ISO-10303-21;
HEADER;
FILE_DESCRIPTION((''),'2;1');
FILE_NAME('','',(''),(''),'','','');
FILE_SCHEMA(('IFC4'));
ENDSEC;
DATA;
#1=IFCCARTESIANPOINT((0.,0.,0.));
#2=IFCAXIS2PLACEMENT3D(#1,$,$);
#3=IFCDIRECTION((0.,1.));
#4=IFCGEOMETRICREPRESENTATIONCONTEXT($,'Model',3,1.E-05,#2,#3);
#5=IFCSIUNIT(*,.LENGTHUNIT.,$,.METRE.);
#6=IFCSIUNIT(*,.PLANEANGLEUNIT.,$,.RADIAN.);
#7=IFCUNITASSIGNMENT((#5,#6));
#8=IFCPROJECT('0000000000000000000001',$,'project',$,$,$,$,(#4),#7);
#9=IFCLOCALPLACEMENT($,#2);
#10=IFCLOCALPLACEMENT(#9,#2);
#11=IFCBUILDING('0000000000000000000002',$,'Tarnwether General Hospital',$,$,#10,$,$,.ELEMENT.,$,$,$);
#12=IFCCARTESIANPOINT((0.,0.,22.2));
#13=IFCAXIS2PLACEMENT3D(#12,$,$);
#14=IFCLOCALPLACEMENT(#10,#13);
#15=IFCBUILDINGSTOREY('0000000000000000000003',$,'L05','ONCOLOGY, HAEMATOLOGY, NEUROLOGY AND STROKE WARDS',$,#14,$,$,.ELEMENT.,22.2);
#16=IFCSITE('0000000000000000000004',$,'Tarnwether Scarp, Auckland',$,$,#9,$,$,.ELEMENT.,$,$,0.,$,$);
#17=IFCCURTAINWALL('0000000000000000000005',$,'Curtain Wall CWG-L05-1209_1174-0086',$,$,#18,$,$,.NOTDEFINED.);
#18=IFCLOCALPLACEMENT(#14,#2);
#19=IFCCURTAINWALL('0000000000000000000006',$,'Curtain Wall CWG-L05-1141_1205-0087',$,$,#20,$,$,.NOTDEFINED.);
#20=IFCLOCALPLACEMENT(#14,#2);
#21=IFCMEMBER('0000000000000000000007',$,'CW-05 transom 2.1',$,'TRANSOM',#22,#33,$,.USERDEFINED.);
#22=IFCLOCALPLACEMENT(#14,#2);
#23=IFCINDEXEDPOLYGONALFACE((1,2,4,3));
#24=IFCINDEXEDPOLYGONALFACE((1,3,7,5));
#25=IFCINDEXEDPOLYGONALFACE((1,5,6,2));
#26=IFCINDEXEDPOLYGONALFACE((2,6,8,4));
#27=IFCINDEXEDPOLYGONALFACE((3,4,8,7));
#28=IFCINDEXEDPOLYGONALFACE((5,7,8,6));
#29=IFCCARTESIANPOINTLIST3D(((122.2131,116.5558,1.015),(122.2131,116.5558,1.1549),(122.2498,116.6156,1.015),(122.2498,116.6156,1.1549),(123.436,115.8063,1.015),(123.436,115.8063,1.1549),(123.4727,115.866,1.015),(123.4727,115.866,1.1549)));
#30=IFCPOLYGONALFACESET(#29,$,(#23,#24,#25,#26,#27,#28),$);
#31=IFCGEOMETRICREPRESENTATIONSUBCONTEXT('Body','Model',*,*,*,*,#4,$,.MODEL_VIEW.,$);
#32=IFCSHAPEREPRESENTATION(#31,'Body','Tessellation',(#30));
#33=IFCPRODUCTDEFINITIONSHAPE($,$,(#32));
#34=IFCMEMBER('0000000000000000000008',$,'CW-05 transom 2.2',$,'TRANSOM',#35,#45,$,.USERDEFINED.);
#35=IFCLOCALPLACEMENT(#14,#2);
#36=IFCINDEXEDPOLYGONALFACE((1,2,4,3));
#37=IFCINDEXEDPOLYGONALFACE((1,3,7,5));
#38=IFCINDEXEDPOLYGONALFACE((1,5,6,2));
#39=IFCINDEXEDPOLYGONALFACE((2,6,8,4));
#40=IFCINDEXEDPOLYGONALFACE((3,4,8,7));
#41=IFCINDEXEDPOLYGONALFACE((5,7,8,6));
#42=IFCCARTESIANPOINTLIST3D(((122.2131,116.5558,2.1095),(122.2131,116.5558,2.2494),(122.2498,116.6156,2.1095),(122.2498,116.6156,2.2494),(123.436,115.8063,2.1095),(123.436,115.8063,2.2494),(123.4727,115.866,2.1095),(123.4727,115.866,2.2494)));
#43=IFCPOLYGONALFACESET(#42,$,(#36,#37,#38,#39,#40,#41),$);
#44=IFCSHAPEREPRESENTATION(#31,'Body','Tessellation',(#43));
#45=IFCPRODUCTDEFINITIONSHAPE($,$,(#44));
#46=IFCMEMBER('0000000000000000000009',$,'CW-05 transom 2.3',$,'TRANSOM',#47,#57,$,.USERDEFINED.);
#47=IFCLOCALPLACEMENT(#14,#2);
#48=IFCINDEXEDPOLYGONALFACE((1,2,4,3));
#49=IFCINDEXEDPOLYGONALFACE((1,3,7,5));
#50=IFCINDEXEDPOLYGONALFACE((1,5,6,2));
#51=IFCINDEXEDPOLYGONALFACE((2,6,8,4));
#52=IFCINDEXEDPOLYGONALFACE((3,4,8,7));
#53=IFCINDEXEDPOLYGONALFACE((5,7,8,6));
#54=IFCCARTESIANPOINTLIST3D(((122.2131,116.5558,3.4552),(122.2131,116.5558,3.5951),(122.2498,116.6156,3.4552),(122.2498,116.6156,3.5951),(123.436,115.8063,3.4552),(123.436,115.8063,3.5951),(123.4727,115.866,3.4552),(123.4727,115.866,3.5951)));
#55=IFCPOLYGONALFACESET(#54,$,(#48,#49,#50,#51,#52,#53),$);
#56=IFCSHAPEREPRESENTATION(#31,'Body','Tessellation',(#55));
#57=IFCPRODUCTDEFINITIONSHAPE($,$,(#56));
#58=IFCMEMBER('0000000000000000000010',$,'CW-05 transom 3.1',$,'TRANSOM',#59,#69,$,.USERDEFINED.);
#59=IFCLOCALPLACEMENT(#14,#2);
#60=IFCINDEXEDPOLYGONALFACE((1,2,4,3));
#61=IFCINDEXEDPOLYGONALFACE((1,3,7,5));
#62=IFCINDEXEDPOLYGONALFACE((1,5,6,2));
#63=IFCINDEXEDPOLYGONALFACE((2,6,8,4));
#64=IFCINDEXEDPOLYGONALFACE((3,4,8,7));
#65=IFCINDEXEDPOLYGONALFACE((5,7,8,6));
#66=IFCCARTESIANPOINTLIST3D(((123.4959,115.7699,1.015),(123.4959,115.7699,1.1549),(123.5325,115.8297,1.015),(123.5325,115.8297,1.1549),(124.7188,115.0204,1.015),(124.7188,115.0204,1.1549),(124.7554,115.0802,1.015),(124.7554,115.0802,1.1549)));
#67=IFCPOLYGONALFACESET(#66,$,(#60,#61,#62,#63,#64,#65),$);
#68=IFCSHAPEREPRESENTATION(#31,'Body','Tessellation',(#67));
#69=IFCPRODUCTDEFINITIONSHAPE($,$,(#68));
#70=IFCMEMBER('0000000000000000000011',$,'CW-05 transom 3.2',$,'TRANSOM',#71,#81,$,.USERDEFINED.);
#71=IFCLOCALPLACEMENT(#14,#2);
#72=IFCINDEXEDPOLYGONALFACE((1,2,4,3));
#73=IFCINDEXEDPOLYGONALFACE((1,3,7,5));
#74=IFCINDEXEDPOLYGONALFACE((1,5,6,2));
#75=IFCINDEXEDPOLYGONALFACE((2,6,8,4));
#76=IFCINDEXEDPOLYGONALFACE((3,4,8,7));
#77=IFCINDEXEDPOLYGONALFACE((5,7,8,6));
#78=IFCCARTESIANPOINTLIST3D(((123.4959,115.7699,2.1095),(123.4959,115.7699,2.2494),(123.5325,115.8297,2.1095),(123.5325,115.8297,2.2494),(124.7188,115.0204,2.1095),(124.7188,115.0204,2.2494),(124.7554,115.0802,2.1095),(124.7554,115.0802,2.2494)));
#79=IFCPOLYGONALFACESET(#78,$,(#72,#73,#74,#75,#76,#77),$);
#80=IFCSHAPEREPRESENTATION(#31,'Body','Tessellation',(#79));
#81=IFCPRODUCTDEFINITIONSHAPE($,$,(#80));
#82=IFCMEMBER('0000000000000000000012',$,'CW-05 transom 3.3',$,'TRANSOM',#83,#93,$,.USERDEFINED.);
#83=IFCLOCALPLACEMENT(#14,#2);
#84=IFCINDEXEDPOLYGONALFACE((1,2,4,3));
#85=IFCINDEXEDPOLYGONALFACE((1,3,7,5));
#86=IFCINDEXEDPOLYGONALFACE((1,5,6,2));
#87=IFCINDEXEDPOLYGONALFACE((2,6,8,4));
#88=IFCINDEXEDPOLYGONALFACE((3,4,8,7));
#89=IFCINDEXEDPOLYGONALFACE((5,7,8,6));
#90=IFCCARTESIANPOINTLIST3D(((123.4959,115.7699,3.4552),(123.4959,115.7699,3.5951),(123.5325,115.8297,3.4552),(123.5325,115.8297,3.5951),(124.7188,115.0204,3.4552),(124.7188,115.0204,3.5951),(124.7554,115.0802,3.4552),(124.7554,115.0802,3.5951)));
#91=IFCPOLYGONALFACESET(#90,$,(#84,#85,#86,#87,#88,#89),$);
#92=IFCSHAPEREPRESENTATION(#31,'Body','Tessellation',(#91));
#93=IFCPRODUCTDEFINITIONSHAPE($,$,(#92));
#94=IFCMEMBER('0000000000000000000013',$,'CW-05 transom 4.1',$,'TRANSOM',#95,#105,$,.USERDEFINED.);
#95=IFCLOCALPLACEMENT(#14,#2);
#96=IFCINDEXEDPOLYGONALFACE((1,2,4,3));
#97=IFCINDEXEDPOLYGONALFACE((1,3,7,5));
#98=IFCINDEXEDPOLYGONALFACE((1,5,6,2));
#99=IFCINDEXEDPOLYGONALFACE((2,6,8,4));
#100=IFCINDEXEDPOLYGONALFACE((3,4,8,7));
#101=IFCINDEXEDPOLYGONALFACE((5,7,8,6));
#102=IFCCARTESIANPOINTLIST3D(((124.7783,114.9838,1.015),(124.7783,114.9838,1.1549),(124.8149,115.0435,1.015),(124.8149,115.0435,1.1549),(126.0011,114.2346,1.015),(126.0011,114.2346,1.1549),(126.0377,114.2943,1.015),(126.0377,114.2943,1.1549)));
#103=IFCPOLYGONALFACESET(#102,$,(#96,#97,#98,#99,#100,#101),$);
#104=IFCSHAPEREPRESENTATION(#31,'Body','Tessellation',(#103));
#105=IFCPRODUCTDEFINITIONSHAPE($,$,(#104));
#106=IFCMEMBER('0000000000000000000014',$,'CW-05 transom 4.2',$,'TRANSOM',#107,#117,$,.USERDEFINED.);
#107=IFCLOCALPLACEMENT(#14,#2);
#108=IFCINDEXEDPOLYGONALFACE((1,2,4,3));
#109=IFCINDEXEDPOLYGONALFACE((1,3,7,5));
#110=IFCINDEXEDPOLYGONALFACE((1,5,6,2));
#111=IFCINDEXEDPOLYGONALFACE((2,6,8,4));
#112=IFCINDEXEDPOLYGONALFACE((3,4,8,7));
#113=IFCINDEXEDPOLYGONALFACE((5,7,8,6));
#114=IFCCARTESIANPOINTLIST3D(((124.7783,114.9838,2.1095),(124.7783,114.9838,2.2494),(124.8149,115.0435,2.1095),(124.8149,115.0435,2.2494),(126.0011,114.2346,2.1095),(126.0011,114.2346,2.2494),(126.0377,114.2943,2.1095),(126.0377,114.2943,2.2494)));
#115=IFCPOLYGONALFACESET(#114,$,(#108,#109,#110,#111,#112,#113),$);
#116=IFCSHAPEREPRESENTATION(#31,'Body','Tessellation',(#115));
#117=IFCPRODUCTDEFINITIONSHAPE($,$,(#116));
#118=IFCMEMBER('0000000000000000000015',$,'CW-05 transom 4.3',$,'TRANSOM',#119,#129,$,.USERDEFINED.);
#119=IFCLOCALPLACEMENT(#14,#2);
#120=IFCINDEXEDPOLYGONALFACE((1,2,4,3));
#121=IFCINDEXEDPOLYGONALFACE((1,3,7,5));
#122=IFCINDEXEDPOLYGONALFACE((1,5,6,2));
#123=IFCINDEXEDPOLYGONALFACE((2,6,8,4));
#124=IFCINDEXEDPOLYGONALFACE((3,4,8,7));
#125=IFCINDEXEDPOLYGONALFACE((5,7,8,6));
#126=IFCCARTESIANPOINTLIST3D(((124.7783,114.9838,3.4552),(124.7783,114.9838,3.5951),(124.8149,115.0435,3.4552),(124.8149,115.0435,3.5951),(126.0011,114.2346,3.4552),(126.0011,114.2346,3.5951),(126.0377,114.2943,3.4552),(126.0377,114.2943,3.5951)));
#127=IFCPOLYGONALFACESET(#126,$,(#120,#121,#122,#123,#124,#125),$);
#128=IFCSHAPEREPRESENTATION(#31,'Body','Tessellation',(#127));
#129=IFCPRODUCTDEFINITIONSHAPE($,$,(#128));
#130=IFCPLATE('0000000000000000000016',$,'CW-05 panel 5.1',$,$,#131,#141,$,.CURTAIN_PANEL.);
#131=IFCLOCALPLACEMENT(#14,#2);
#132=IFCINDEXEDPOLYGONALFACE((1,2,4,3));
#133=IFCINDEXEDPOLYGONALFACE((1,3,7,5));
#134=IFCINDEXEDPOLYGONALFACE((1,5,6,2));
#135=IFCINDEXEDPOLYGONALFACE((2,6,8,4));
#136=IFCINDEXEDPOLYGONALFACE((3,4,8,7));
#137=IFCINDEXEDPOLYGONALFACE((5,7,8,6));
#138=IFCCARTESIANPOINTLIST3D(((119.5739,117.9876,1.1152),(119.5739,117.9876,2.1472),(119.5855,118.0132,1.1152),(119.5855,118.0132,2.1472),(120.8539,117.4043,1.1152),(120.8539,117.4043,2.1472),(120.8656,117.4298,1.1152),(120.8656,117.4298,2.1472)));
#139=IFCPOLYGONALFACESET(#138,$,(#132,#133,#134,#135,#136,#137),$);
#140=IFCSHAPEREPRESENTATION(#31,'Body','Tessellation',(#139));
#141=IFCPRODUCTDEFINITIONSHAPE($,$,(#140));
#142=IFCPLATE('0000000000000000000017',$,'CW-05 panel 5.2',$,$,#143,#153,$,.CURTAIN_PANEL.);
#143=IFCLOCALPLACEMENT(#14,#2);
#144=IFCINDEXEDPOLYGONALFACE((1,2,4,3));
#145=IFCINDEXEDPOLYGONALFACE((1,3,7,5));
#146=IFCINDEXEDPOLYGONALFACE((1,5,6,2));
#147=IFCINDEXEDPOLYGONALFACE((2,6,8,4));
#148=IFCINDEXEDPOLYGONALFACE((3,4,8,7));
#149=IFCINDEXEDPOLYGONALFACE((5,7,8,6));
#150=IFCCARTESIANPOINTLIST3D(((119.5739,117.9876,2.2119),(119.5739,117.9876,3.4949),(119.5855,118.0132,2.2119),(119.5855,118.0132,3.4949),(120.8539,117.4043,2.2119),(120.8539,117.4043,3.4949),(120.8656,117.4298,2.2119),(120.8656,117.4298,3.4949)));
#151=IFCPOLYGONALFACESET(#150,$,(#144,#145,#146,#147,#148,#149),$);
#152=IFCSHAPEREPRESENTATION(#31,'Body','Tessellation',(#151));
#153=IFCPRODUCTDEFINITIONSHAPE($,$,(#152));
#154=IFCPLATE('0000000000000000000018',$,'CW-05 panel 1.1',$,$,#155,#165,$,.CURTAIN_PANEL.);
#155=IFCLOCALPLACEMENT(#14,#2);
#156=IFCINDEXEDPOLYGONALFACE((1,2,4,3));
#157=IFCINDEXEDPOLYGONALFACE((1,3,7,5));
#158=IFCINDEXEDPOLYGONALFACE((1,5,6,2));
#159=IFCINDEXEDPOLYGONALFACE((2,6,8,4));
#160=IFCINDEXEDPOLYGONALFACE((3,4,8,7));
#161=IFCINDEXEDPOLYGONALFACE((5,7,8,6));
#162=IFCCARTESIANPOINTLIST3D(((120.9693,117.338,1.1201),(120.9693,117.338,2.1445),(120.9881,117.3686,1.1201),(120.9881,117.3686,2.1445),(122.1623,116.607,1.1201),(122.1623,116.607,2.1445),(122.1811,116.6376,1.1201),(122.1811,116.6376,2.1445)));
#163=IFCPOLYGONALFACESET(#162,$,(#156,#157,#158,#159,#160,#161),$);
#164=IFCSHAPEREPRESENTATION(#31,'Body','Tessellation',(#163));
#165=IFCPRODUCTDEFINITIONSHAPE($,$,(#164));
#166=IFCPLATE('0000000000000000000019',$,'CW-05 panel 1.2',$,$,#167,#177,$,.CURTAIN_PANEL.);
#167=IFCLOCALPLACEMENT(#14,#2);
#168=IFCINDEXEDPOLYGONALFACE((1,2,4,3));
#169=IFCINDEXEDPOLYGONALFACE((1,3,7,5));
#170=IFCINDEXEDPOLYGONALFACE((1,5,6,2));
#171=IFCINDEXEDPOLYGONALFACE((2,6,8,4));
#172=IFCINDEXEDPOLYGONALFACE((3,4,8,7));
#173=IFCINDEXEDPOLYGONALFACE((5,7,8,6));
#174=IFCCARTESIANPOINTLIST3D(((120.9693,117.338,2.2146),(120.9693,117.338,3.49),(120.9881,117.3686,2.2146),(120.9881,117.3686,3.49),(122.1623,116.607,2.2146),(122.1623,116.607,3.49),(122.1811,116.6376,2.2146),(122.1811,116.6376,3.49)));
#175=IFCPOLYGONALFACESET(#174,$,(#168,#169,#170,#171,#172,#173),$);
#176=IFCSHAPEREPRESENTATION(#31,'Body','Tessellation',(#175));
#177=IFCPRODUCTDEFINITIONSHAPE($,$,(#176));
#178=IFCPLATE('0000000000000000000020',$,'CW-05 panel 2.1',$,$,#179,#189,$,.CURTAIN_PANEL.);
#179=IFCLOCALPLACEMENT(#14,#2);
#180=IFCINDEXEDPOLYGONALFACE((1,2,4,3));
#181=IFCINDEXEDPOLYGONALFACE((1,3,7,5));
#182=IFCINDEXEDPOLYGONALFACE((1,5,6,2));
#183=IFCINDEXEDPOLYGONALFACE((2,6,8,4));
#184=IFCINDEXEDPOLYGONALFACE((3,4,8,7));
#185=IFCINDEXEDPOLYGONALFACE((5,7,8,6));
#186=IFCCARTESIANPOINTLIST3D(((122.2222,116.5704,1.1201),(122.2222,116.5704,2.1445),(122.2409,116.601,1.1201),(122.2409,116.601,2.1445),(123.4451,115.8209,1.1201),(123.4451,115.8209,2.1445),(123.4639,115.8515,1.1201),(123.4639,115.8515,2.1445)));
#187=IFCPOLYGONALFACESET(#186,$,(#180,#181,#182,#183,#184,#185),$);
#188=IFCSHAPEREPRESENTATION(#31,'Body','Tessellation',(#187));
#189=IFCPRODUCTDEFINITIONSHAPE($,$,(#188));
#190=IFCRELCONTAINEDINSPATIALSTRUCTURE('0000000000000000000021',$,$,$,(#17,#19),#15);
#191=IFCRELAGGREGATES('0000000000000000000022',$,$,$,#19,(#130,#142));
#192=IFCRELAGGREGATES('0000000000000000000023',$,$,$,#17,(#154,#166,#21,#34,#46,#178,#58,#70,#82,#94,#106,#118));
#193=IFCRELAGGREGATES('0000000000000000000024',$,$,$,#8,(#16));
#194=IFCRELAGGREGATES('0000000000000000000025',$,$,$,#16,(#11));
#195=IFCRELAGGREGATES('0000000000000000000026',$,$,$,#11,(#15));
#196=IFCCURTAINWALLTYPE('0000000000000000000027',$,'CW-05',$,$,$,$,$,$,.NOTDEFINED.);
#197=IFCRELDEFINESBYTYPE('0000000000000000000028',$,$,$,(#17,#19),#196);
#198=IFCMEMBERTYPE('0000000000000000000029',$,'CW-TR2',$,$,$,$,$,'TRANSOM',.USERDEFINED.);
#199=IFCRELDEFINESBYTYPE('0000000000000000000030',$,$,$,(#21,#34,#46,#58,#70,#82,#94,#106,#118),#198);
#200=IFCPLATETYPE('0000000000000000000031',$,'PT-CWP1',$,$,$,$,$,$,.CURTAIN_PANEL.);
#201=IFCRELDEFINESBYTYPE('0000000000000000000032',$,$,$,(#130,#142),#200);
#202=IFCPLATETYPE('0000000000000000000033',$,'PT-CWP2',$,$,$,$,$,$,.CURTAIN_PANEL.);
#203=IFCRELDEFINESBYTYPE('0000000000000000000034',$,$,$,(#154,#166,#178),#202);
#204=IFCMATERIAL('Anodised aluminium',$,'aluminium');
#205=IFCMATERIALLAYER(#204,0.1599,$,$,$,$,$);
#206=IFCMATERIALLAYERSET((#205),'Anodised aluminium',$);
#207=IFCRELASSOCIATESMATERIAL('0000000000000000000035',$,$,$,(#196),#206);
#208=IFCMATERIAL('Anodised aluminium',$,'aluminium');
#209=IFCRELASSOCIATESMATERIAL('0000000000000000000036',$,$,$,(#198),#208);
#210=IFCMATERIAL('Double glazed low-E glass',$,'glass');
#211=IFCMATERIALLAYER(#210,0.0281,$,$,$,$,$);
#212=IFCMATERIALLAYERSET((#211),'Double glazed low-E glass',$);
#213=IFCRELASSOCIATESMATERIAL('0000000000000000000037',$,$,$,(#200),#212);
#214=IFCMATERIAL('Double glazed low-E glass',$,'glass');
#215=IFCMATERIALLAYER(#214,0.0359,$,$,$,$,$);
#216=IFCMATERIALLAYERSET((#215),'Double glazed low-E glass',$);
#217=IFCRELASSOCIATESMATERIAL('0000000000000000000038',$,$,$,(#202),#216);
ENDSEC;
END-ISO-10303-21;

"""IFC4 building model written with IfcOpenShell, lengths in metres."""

from ifc_helpers import new_model, si_unit, direction, frame, origin, origin_2d, place, context, subcontext, project, spatial, rectangle, extrude, material, layer, layer_set, material_profile, profile_set, type_object, element, aggregate, save


model = new_model("IFC4")

# Units and contexts
model_context = context("Model", 3, precision=1e-05, world=origin(), true_north=direction((0.0, 1.0)))
body_context = subcontext(model_context, "Body", "Model", "MODEL_VIEW")
ifc_project = project(units=[si_unit("LENGTHUNIT", "METRE"), si_unit("PLANEANGLEUNIT", "RADIAN")], contexts=[model_context])

# Site, building, storey
site_placement = place(None, origin())
site = spatial("IfcSite", under=ifc_project, at=site_placement, Name="Tarnwether Scarp, Auckland", CompositionType="ELEMENT", RefElevation=0.0)
building_placement = place(site_placement, origin())
building = spatial("IfcBuilding", under=site, at=building_placement, Name="Tarnwether General Hospital", CompositionType="ELEMENT")
storey_placement = place(building_placement, frame((0.0, 0.0, 22.2)))
storey = spatial("IfcBuildingStorey", under=building, at=storey_placement, Name="L05", Description="ONCOLOGY, HAEMATOLOGY, NEUROLOGY AND STROKE WARDS", CompositionType="ELEMENT", Elevation=22.2)

# Curtain wall
ifc_material_1 = material(Name="Anodised aluminium", Category="aluminium")
ifc_layer_1 = layer(ifc_material_1, 0.1599)
ifc_layer_set_1 = layer_set([ifc_layer_1], Name="Anodised aluminium")
curtain_wall_type = type_object("IfcCurtainWallType", Name="CW-05", PredefinedType="NOTDEFINED", material=ifc_layer_set_1)
curtain_wall_1_placement = place(storey_placement, origin())
curtain_wall_1 = element("IfcCurtainWall", 1, at=curtain_wall_1_placement, inside=storey, type_object=curtain_wall_type, Name="Curtain Wall CWG-L05-1209_1174-0086", PredefinedType="NOTDEFINED")

# Curtain wall
curtain_wall_2_placement = place(storey_placement, origin())
curtain_wall_2 = element("IfcCurtainWall", 2, at=curtain_wall_2_placement, inside=storey, type_object=curtain_wall_type, Name="Curtain Wall CWG-L05-1141_1205-0087", PredefinedType="NOTDEFINED")

# Members
ifc_material_2 = material(Name="Anodised aluminium", Category="aluminium")
ifc_material_profile_1 = material_profile(ifc_material_2, rectangle(XDim=0.0701, YDim=0.1399, at=origin_2d()), Name="ALU-TRN-70x140")
ifc_profile_set_1 = profile_set([ifc_material_profile_1], Name="Anodised aluminium")
member_type_1 = type_object("IfcMemberType", Name="CW-TR2", ElementType="TRANSOM", PredefinedType="USERDEFINED", material=ifc_profile_set_1)
member_1_placement = place(storey_placement, frame((122.2314, 116.5857, 1.085), z_axis=(0.852604, -0.522558, 0.0), x_axis=(0.522558, 0.852604, 0.0)))
member_1 = element("IfcMember", 3, at=member_1_placement, type_object=member_type_1, Name="CW-05 transom 2.1", ObjectType="TRANSOM", PredefinedType="USERDEFINED", context=body_context, shape_type="SweptSolid", body=[
    extrude(rectangle(XDim=0.0701, YDim=0.1399, at=origin_2d()), origin(), (0.0, 0.0, 1.0), 1.4343),
])
member_2_placement = place(storey_placement, frame((122.2314, 116.5857, 2.1794), z_axis=(0.852604, -0.522558, 0.0), x_axis=(0.522558, 0.852604, 0.0)))
member_2 = element("IfcMember", 4, at=member_2_placement, type_object=member_type_1, Name="CW-05 transom 2.2", ObjectType="TRANSOM", PredefinedType="USERDEFINED", context=body_context, shape_type="SweptSolid", body=[
    extrude(rectangle(XDim=0.0701, YDim=0.1399, at=origin_2d()), origin(), (0.0, 0.0, 1.0), 1.4343),
])
member_3_placement = place(storey_placement, frame((122.2314, 116.5857, 3.5251), z_axis=(0.852604, -0.522558, 0.0), x_axis=(0.522558, 0.852604, 0.0)))
member_3 = element("IfcMember", 5, at=member_3_placement, type_object=member_type_1, Name="CW-05 transom 2.3", ObjectType="TRANSOM", PredefinedType="USERDEFINED", context=body_context, shape_type="SweptSolid", body=[
    extrude(rectangle(XDim=0.0701, YDim=0.1399, at=origin_2d()), origin(), (0.0, 0.0, 1.0), 1.4343),
])
member_4_placement = place(storey_placement, frame((123.5142, 115.7998, 1.085), z_axis=(0.852604, -0.522558, 0.0), x_axis=(0.522558, 0.852604, 0.0)))
member_4 = element("IfcMember", 6, at=member_4_placement, type_object=member_type_1, Name="CW-05 transom 3.1", ObjectType="TRANSOM", PredefinedType="USERDEFINED", context=body_context, shape_type="SweptSolid", body=[
    extrude(rectangle(XDim=0.0701, YDim=0.1399, at=origin_2d()), origin(), (0.0, 0.0, 1.0), 1.4343),
])
member_5_placement = place(storey_placement, frame((123.5142, 115.7998, 2.1794), z_axis=(0.852604, -0.522558, 0.0), x_axis=(0.522558, 0.852604, 0.0)))
member_5 = element("IfcMember", 7, at=member_5_placement, type_object=member_type_1, Name="CW-05 transom 3.2", ObjectType="TRANSOM", PredefinedType="USERDEFINED", context=body_context, shape_type="SweptSolid", body=[
    extrude(rectangle(XDim=0.0701, YDim=0.1399, at=origin_2d()), origin(), (0.0, 0.0, 1.0), 1.4343),
])
member_6_placement = place(storey_placement, frame((123.5142, 115.7998, 3.5251), z_axis=(0.852604, -0.522558, 0.0), x_axis=(0.522558, 0.852604, 0.0)))
member_6 = element("IfcMember", 8, at=member_6_placement, type_object=member_type_1, Name="CW-05 transom 3.3", ObjectType="TRANSOM", PredefinedType="USERDEFINED", context=body_context, shape_type="SweptSolid", body=[
    extrude(rectangle(XDim=0.0701, YDim=0.1399, at=origin_2d()), origin(), (0.0, 0.0, 1.0), 1.4343),
])
member_7_placement = place(storey_placement, frame((124.7966, 115.0137, 1.085), z_axis=(0.85268, -0.522434, 0.0), x_axis=(0.522434, 0.85268, 0.0)))
member_7 = element("IfcMember", 9, at=member_7_placement, type_object=member_type_1, Name="CW-05 transom 4.1", ObjectType="TRANSOM", PredefinedType="USERDEFINED", context=body_context, shape_type="SweptSolid", body=[
    extrude(rectangle(XDim=0.0701, YDim=0.1399, at=origin_2d()), origin(), (0.0, 0.0, 1.0), 1.4341),
])
member_8_placement = place(storey_placement, frame((124.7966, 115.0137, 2.1794), z_axis=(0.85268, -0.522434, 0.0), x_axis=(0.522434, 0.85268, 0.0)))
member_8 = element("IfcMember", 10, at=member_8_placement, type_object=member_type_1, Name="CW-05 transom 4.2", ObjectType="TRANSOM", PredefinedType="USERDEFINED", context=body_context, shape_type="SweptSolid", body=[
    extrude(rectangle(XDim=0.0701, YDim=0.1399, at=origin_2d()), origin(), (0.0, 0.0, 1.0), 1.4341),
])
member_9_placement = place(storey_placement, frame((124.7966, 115.0137, 3.5251), z_axis=(0.85268, -0.522434, 0.0), x_axis=(0.522434, 0.85268, 0.0)))
member_9 = element("IfcMember", 11, at=member_9_placement, type_object=member_type_1, Name="CW-05 transom 4.3", ObjectType="TRANSOM", PredefinedType="USERDEFINED", context=body_context, shape_type="SweptSolid", body=[
    extrude(rectangle(XDim=0.0701, YDim=0.1399, at=origin_2d()), origin(), (0.0, 0.0, 1.0), 1.4341),
])

# Plates
ifc_material_3 = material(Name="Double glazed low-E glass", Category="glass")
ifc_layer_2 = layer(ifc_material_3, 0.0281)
ifc_layer_set_2 = layer_set([ifc_layer_2], Name="Double glazed low-E glass")
plate_type_1 = type_object("IfcPlateType", Name="PT-CWP1", PredefinedType="CURTAIN_PANEL", material=ifc_layer_set_2)
plate_1_placement = place(storey_placement, frame((120.2197, 117.7087, 1.1152), z_axis=(0.0, 0.0, 1.0), x_axis=(0.909961, -0.414694, 0.0)))
plate_1 = element("IfcPlate", 12, at=plate_1_placement, type_object=plate_type_1, Name="CW-05 panel 5.1", PredefinedType="CURTAIN_PANEL", context=body_context, shape_type="SweptSolid", body=[
    extrude(rectangle(XDim=1.4067, YDim=0.0281, at=origin_2d()), origin(), (0.0, 0.0, 1.0), 1.032),
])
plate_2_placement = place(storey_placement, frame((120.2197, 117.7087, 2.2119), z_axis=(0.0, 0.0, 1.0), x_axis=(0.909961, -0.414694, 0.0)))
plate_2 = element("IfcPlate", 13, at=plate_2_placement, type_object=plate_type_1, Name="CW-05 panel 5.2", PredefinedType="CURTAIN_PANEL", context=body_context, shape_type="SweptSolid", body=[
    extrude(rectangle(XDim=1.4067, YDim=0.0281, at=origin_2d()), origin(), (0.0, 0.0, 1.0), 1.283),
])
aggregate(curtain_wall_2, [plate_1, plate_2])
ifc_material_4 = material(Name="Double glazed low-E glass", Category="glass")
ifc_layer_3 = layer(ifc_material_4, 0.0359)
ifc_layer_set_3 = layer_set([ifc_layer_3], Name="Double glazed low-E glass")
plate_type_2 = type_object("IfcPlateType", Name="PT-CWP2", PredefinedType="CURTAIN_PANEL", material=ifc_layer_set_3)
plate_3_placement = place(storey_placement, frame((121.5752, 116.9878, 1.1201), z_axis=(0.0, 0.0, 1.0), x_axis=(0.852634, -0.522509, 0.0)))
plate_3 = element("IfcPlate", 14, at=plate_3_placement, type_object=plate_type_2, Name="CW-05 panel 1.1", PredefinedType="CURTAIN_PANEL", context=body_context, shape_type="SweptSolid", body=[
    extrude(rectangle(XDim=1.3992, YDim=0.0359, at=origin_2d()), origin(), (0.0, 0.0, 1.0), 1.0244),
])
plate_4_placement = place(storey_placement, frame((121.5752, 116.9878, 2.2146), z_axis=(0.0, 0.0, 1.0), x_axis=(0.852634, -0.522509, 0.0)))
plate_4 = element("IfcPlate", 15, at=plate_4_placement, type_object=plate_type_2, Name="CW-05 panel 1.2", PredefinedType="CURTAIN_PANEL", context=body_context, shape_type="SweptSolid", body=[
    extrude(rectangle(XDim=1.3992, YDim=0.0359, at=origin_2d()), origin(), (0.0, 0.0, 1.0), 1.2754),
])
plate_5_placement = place(storey_placement, frame((122.843, 116.2109, 1.1201), z_axis=(0.0, 0.0, 1.0), x_axis=(0.852634, -0.522509, 0.0)))
plate_5 = element("IfcPlate", 16, at=plate_5_placement, type_object=plate_type_2, Name="CW-05 panel 2.1", PredefinedType="CURTAIN_PANEL", context=body_context, shape_type="SweptSolid", body=[
    extrude(rectangle(XDim=1.4343, YDim=0.0359, at=origin_2d()), origin(), (0.0, 0.0, 1.0), 1.0244),
])
aggregate(curtain_wall_1, [plate_3, plate_4, member_1, member_2, member_3, plate_5, member_4, member_5, member_6, member_7, member_8, member_9])

save(model, "model.ifc")
